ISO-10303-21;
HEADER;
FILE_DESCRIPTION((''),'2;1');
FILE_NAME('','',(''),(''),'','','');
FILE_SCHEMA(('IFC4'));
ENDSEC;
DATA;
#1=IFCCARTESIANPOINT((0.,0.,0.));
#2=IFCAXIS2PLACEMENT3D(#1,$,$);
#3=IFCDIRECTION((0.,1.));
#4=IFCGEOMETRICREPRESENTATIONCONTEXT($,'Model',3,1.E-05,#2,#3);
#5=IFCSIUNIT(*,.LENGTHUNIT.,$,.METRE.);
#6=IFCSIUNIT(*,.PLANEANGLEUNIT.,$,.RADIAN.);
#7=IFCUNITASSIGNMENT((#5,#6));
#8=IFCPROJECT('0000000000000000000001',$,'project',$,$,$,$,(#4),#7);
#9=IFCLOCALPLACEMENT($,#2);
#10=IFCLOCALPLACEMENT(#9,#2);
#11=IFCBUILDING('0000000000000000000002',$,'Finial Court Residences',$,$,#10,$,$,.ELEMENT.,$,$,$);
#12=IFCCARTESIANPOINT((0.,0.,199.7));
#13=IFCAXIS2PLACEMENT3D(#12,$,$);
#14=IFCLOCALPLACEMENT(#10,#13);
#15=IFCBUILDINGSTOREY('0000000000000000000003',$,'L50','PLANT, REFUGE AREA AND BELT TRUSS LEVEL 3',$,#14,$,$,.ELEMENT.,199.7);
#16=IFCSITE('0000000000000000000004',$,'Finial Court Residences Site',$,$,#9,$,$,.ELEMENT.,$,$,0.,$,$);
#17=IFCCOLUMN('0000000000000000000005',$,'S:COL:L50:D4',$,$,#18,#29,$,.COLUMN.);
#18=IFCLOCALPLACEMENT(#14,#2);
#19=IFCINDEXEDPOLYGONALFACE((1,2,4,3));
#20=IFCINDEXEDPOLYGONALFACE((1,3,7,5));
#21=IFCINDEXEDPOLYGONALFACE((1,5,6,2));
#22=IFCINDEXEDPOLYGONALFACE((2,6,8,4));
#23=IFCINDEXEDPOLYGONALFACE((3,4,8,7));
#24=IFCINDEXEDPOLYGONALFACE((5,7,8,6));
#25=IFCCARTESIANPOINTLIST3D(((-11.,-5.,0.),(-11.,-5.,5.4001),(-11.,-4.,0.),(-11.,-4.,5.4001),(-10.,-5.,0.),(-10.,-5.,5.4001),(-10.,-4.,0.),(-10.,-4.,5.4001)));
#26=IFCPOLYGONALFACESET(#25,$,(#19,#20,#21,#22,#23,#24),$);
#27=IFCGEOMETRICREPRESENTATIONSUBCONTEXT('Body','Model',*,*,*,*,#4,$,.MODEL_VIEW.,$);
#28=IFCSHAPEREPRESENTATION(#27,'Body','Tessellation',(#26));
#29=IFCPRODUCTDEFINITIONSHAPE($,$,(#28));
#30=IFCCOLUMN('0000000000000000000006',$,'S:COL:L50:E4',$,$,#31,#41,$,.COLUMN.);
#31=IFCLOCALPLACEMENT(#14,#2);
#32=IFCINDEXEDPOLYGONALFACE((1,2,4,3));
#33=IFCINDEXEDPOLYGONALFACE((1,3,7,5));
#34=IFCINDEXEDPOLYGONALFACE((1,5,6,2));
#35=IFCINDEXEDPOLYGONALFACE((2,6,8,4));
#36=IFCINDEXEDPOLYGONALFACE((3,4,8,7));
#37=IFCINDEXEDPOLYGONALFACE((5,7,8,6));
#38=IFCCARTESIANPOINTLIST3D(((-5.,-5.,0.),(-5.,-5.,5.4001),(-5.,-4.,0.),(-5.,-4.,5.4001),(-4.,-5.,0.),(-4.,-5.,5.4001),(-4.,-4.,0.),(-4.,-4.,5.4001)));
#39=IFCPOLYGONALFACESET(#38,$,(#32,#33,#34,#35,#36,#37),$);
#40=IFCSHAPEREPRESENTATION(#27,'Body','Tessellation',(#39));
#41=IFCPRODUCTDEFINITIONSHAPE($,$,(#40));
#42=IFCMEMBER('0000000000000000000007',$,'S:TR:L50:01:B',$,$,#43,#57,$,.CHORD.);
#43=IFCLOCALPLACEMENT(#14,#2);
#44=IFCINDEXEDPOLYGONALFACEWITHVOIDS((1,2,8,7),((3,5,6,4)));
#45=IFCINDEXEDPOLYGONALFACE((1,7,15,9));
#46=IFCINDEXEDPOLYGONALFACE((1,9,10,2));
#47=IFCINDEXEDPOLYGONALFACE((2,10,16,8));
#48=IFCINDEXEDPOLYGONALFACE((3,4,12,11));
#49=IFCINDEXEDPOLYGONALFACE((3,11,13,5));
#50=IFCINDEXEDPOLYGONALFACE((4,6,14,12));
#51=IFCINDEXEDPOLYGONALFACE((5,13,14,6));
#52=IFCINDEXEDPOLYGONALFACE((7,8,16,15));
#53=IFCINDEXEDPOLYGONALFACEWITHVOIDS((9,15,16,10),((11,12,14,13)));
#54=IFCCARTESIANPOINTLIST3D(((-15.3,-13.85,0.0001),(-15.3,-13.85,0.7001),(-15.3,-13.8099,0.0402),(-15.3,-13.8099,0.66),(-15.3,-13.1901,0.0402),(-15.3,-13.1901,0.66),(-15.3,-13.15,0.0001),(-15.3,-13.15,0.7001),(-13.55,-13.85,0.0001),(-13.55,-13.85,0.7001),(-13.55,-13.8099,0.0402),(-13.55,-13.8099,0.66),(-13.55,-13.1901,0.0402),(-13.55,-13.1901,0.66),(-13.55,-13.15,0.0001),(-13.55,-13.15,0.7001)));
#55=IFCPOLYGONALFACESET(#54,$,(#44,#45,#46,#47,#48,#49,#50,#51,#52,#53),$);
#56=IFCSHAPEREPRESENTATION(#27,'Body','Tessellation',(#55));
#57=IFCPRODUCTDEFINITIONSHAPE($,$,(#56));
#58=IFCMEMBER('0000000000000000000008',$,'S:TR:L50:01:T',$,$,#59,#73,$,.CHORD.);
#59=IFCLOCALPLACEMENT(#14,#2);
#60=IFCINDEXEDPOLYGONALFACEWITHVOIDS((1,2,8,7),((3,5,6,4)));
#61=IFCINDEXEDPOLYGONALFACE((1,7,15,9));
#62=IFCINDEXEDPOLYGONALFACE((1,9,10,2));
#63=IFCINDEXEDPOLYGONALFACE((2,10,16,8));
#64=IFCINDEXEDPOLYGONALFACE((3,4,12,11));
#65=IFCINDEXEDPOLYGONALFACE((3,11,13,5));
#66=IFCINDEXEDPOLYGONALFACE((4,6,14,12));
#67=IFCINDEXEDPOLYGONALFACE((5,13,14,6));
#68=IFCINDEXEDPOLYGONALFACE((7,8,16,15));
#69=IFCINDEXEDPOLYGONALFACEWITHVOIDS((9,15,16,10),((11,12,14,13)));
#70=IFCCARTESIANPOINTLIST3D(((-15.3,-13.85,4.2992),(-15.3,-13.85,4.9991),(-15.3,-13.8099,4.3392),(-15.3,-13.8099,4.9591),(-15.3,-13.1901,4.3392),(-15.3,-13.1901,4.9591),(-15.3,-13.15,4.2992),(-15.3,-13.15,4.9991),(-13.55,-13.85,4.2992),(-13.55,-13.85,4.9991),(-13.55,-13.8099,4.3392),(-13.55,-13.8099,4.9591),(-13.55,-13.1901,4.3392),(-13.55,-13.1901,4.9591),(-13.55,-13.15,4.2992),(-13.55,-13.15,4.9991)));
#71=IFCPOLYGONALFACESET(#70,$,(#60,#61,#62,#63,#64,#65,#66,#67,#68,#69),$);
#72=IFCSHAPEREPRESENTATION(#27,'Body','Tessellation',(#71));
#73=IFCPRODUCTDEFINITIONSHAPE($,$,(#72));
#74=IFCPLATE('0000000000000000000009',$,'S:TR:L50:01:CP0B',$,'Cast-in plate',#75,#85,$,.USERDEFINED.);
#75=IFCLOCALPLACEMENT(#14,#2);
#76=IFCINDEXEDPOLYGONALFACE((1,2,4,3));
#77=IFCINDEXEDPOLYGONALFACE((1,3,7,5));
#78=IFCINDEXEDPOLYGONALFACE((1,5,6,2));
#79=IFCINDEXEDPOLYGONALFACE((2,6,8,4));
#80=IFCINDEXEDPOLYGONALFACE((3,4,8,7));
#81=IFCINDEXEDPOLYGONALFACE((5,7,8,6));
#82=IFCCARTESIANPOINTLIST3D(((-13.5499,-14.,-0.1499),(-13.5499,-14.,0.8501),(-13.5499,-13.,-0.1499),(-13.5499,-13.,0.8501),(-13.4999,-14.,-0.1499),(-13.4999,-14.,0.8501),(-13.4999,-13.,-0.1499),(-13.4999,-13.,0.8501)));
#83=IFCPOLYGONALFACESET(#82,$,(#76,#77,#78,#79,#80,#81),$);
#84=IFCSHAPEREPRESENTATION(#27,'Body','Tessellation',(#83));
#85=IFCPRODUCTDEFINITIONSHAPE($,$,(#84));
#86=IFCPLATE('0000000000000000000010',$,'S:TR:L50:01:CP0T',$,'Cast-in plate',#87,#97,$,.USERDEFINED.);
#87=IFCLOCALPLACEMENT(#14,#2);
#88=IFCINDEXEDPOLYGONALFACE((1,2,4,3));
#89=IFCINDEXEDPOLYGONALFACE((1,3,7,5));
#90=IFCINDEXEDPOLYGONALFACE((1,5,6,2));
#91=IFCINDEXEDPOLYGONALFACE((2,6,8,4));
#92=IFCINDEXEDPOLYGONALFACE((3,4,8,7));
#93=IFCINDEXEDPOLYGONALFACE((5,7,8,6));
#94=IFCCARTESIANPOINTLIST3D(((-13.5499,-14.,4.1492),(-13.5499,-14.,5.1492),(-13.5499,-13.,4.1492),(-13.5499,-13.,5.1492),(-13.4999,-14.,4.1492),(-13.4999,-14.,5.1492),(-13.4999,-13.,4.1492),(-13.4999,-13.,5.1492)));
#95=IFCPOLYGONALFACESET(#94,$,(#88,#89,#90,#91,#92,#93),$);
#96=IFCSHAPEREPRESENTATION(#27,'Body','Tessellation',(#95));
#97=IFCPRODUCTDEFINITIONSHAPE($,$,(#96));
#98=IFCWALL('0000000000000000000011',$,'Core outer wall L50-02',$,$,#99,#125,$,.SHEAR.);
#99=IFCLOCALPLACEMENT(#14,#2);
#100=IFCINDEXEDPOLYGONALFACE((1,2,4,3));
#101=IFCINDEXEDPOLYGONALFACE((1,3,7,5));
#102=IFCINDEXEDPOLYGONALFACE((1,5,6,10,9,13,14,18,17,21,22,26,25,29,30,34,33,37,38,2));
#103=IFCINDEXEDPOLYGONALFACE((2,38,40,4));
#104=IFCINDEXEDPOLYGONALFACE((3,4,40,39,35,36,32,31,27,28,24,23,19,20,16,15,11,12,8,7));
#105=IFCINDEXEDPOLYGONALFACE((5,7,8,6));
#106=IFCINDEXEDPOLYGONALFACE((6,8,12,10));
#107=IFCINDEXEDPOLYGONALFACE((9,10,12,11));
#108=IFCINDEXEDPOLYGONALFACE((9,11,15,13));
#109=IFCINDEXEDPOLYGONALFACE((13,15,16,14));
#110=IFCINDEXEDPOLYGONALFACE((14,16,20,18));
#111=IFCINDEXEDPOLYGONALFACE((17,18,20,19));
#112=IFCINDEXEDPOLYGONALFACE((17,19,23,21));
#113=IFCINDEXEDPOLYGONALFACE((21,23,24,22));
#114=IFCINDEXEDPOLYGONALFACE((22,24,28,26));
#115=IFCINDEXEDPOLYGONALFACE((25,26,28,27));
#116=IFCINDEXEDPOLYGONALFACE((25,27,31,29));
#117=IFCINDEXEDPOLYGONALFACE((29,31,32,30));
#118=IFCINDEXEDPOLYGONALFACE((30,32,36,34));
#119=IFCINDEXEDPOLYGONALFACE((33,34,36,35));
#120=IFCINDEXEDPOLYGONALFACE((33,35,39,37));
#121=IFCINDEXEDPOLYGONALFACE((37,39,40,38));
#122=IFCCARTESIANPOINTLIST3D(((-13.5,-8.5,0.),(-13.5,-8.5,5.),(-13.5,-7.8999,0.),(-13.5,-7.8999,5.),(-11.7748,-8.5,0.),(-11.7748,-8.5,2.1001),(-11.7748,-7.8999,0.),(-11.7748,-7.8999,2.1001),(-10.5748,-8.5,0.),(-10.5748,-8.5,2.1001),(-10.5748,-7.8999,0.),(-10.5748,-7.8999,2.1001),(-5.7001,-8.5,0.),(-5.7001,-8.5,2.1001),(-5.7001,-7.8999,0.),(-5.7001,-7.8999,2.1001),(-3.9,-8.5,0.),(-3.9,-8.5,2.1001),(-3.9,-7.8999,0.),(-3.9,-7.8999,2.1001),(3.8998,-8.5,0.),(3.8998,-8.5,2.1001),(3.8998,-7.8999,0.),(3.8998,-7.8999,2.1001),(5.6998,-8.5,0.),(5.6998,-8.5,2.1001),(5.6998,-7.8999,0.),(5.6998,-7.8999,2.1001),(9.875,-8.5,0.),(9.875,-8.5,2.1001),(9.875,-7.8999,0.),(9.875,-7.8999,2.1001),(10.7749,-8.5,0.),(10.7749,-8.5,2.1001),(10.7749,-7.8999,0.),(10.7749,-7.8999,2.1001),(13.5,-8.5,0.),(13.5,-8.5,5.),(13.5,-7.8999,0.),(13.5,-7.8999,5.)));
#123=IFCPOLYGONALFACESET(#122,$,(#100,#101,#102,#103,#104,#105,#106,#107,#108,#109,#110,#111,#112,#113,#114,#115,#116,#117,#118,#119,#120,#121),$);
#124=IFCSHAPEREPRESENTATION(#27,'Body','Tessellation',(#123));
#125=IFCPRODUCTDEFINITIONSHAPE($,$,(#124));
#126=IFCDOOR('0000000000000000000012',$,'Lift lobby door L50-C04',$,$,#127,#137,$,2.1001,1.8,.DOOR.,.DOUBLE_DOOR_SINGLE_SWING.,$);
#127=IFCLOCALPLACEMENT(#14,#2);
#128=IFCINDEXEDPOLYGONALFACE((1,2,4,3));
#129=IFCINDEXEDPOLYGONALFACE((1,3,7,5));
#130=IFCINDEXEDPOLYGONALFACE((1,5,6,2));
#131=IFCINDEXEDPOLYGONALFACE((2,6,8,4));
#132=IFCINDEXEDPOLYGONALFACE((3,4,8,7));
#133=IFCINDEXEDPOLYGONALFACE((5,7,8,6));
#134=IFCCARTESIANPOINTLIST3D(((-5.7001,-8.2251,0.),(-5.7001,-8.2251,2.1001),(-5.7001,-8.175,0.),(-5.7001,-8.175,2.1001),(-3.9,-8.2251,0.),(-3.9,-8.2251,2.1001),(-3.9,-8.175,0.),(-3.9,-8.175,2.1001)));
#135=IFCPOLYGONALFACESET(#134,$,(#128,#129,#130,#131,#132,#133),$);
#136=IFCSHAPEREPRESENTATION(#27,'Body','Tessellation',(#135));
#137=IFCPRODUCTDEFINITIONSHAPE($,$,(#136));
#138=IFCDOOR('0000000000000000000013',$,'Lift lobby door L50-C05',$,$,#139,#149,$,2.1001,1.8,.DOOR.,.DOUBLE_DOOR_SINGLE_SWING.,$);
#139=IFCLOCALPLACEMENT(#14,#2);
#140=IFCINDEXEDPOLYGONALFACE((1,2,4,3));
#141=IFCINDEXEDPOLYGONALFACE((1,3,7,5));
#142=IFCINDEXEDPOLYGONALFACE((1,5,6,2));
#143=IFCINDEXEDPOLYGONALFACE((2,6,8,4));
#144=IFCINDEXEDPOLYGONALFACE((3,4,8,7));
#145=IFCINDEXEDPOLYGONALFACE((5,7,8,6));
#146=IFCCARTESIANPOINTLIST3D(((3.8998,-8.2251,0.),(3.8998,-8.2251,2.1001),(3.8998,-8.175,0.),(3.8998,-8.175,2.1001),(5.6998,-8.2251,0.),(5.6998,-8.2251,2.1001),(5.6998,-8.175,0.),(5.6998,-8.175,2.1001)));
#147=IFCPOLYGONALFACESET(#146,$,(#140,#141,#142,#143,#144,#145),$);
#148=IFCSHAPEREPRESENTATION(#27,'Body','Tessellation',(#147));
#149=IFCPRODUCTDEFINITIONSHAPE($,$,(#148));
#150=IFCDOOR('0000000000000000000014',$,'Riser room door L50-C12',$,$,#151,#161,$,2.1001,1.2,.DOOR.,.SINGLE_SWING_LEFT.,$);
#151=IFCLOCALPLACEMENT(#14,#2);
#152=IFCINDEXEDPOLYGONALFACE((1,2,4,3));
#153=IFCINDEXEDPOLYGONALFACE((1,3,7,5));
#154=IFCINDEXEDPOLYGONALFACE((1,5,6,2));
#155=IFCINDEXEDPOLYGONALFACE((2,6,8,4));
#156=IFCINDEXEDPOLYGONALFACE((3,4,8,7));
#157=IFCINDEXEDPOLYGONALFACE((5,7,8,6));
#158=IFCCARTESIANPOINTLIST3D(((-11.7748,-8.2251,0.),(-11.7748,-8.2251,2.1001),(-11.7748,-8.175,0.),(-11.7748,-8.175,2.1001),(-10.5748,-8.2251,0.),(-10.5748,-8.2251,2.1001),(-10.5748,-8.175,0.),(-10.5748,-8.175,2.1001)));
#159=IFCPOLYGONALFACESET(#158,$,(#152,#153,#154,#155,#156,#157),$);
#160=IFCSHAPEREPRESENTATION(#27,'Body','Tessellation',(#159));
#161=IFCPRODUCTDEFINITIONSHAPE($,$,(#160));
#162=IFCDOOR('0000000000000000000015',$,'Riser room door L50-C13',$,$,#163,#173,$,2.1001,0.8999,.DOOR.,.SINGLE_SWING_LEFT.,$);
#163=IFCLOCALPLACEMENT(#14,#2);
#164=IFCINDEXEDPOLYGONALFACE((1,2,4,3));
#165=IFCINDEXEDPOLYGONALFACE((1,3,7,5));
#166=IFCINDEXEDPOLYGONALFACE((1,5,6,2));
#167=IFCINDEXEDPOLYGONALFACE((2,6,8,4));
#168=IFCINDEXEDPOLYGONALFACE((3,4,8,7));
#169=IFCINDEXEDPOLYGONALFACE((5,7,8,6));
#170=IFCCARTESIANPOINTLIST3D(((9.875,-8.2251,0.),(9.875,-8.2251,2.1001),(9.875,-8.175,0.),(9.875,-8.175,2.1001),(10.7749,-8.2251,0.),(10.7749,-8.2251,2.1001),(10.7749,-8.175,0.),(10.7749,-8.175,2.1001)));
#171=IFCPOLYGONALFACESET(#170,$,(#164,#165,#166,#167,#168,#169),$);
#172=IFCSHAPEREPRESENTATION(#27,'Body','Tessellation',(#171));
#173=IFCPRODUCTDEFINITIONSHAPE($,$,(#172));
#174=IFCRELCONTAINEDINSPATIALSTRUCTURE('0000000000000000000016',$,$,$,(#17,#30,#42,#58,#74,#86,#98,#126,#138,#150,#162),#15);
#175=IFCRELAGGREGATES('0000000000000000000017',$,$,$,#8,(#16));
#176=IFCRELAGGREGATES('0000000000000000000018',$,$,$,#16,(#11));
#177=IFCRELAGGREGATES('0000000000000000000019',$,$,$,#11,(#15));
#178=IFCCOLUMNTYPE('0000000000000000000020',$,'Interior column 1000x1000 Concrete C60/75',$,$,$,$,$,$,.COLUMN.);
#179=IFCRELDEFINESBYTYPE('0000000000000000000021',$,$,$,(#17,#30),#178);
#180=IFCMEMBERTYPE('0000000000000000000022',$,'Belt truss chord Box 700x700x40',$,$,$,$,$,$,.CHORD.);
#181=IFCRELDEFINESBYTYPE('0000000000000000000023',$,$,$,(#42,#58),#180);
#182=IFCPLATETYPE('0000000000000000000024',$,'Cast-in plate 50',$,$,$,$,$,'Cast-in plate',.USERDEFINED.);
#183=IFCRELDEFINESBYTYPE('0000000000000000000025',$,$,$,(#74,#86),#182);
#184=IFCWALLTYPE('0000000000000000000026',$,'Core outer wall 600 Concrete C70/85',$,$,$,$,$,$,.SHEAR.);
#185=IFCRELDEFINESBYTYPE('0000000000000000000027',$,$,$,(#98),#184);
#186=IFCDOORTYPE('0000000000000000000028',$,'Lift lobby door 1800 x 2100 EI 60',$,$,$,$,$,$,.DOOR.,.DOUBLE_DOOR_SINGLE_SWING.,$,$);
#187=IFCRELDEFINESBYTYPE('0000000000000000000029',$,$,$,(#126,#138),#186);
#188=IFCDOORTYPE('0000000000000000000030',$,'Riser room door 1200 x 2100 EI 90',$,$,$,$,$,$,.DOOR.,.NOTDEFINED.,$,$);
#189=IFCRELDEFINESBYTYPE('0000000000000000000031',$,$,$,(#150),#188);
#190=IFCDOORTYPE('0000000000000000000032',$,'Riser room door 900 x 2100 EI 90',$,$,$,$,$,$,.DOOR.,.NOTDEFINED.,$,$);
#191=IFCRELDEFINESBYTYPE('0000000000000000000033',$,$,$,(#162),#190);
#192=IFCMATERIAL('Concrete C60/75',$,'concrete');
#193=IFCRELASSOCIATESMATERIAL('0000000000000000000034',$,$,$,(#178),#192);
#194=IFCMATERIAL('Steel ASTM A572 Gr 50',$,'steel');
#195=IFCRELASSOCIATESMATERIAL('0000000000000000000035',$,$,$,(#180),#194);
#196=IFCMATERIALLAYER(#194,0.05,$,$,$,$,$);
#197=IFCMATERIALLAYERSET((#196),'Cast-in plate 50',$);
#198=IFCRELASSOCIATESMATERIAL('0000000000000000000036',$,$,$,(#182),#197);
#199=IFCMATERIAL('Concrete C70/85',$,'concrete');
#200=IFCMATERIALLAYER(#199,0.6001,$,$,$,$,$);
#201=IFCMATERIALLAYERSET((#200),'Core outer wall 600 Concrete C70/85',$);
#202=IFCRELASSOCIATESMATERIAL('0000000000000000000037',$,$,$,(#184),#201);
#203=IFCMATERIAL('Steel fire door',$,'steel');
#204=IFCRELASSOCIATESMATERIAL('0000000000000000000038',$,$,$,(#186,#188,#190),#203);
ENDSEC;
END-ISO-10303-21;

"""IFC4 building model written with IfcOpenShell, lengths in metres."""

from ifc_helpers import new_model, si_unit, direction, frame, frame_2d, origin, origin_2d, place, context, subcontext, project, spatial, rectangle, hollow_rectangle, extrude, material, layer, layer_set, material_profile, profile_set, type_object, element, fill, save


model = new_model("IFC4")

# Units and contexts
model_context = context("Model", 3, precision=1e-05, world=origin(), true_north=direction((0.0, 1.0)))
body_context = subcontext(model_context, "Body", "Model", "MODEL_VIEW")
ifc_project = project(units=[si_unit("LENGTHUNIT", "METRE"), si_unit("PLANEANGLEUNIT", "RADIAN")], contexts=[model_context])

# Site, building, storey
site_placement = place(None, origin())
site = spatial("IfcSite", under=ifc_project, at=site_placement, Name="Finial Court Residences Site", CompositionType="ELEMENT", RefElevation=0.0)
building_placement = place(site_placement, origin())
building = spatial("IfcBuilding", under=site, at=building_placement, Name="Finial Court Residences", CompositionType="ELEMENT")
storey_placement = place(building_placement, frame((0.0, 0.0, 199.7)))
storey = spatial("IfcBuildingStorey", under=building, at=storey_placement, Name="L50", Description="PLANT, REFUGE AREA AND BELT TRUSS LEVEL 3", CompositionType="ELEMENT", Elevation=199.7)

# Columns
ifc_material_1 = material(Name="Concrete C60/75", Category="concrete")
ifc_material_profile_1 = material_profile(ifc_material_1, rectangle(XDim=1.0, YDim=1.0, at=origin_2d()), Name="1000x1000")
ifc_profile_set_1 = profile_set([ifc_material_profile_1], Name="Concrete C60/75")
column_type = type_object("IfcColumnType", Name="Interior column 1000x1000 Concrete C60/75", PredefinedType="COLUMN", material=ifc_profile_set_1)
for number, where, z_axis, x_axis, name in (
    (1, (-10.5, -4.5, 0.0), (0.0, 0.0, 1.0), (1.0, 0.0, 0.0), "S:COL:L50:D4"),
    (2, (-4.5, -4.5, 0.0), (0.0, 0.0, 1.0), (1.0, 0.0, 0.0), "S:COL:L50:E4"),
):
    element("IfcColumn", number, at=place(storey_placement, frame(where, z_axis=z_axis, x_axis=x_axis)), inside=storey, type_object=column_type, Name=name, PredefinedType="COLUMN", context=body_context, shape_type="SweptSolid", body=[
        extrude(rectangle(XDim=1.0, YDim=1.0, at=origin_2d()), origin(), (0.0, 0.0, 1.0), 5.4001),
    ])

# Members
ifc_material_2 = material(Name="Steel ASTM A572 Gr 50", Category="steel")
ifc_material_profile_2 = material_profile(ifc_material_2, hollow_rectangle(XDim=0.7, YDim=0.7, WallThickness=0.04, at=origin_2d()), Name="Box 700x700x40")
ifc_profile_set_2 = profile_set([ifc_material_profile_2], Name="Steel ASTM A572 Gr 50")
member_type = type_object("IfcMemberType", Name="Belt truss chord Box 700x700x40", PredefinedType="CHORD", material=ifc_profile_set_2)
for number, where, z_axis, x_axis, name in (
    (3, (-13.55, -13.5, 0.3501), (-1.0, 0.0, 0.0), (0.0, -1.0, 0.0), "S:TR:L50:01:B"),
    (4, (-13.55, -13.5, 4.6492), (-1.0, 0.0, 0.0), (0.0, -1.0, 0.0), "S:TR:L50:01:T"),
):
    element("IfcMember", number, at=place(storey_placement, frame(where, z_axis=z_axis, x_axis=x_axis)), inside=storey, type_object=member_type, Name=name, PredefinedType="CHORD", context=body_context, shape_type="SweptSolid", body=[
        extrude(hollow_rectangle(XDim=0.7, YDim=0.7, WallThickness=0.04, at=origin_2d()), origin(), (0.0, 0.0, 1.0), 1.75),
    ])

# Plates
ifc_layer_1 = layer(ifc_material_2, 0.05)
ifc_layer_set_1 = layer_set([ifc_layer_1], Name="Cast-in plate 50")
plate_type = type_object("IfcPlateType", Name="Cast-in plate 50", ElementType="Cast-in plate", PredefinedType="USERDEFINED", material=ifc_layer_set_1)
for number, where, z_axis, x_axis, name in (
    (5, (-13.5249, -13.5, -0.1499), (0.0, 0.0, 1.0), (1.0, 0.0, 0.0), "S:TR:L50:01:CP0B"),
    (6, (-13.5249, -13.5, 4.1492), (0.0, 0.0, 1.0), (1.0, 0.0, 0.0), "S:TR:L50:01:CP0T"),
):
    element("IfcPlate", number, at=place(storey_placement, frame(where, z_axis=z_axis, x_axis=x_axis)), inside=storey, type_object=plate_type, Name=name, ObjectType="Cast-in plate", PredefinedType="USERDEFINED", context=body_context, shape_type="SweptSolid", body=[
        extrude(rectangle(XDim=0.05, YDim=1.0, at=origin_2d()), origin(), (0.0, 0.0, 1.0), 1.0),
    ])

# Wall, openings, doors
ifc_material_3 = material(Name="Concrete C70/85", Category="concrete")
ifc_layer_2 = layer(ifc_material_3, 0.6001)
ifc_layer_set_2 = layer_set([ifc_layer_2], Name="Core outer wall 600 Concrete C70/85")
wall_type_1 = type_object("IfcWallType", Name="Core outer wall 600 Concrete C70/85", PredefinedType="SHEAR", material=ifc_layer_set_2)
wall_1_placement = place(storey_placement, frame((-13.5, -8.2, 0.0), z_axis=(0.0, 0.0, 1.0), x_axis=(1.0, 0.0, 0.0)))
wall_1 = element("IfcWall", 7, at=wall_1_placement, inside=storey, type_object=wall_type_1, Name="Core outer wall L50-02", PredefinedType="SHEAR", context=body_context, shape_type="SweptSolid", body=[
    extrude(rectangle(XDim=27.0, YDim=0.6001, at=frame_2d((13.5, 0.0))), origin(), (0.0, 0.0, 1.0), 5.0),
])
opening_1_placement = place(wall_1_placement, frame((7.8, 0.0, 0.0)))
opening_1 = element("IfcOpeningElement", 8, at=opening_1_placement, cuts=wall_1, PredefinedType="OPENING", context=body_context, shape_type="SweptSolid", body=[
    extrude(rectangle(XDim=1.8, YDim=2.1001, at=frame_2d((0.8999, 1.05))), frame((0.0, 0.3101, 0.0), z_axis=(0.0, -1.0, 0.0), x_axis=(1.0, 0.0, 0.0)), (0.0, 0.0, 1.0), 0.6201),
])
opening_2_placement = place(wall_1_placement, frame((17.3999, 0.0, 0.0)))
opening_2 = element("IfcOpeningElement", 9, at=opening_2_placement, cuts=wall_1, PredefinedType="OPENING", context=body_context, shape_type="SweptSolid", body=[
    extrude(rectangle(XDim=1.8, YDim=2.1001, at=frame_2d((0.8999, 1.05))), frame((0.0, 0.3101, 0.0), z_axis=(0.0, -1.0, 0.0), x_axis=(1.0, 0.0, 0.0)), (0.0, 0.0, 1.0), 0.6201),
])
opening_3_placement = place(wall_1_placement, frame((1.7251, 0.0, 0.0)))
opening_3 = element("IfcOpeningElement", 10, at=opening_3_placement, cuts=wall_1, PredefinedType="OPENING", context=body_context, shape_type="SweptSolid", body=[
    extrude(rectangle(XDim=1.2, YDim=2.1001, at=frame_2d((0.6001, 1.05))), frame((0.0, 0.3101, 0.0), z_axis=(0.0, -1.0, 0.0), x_axis=(1.0, 0.0, 0.0)), (0.0, 0.0, 1.0), 0.6201),
])
opening_4_placement = place(wall_1_placement, frame((23.375, 0.0, 0.0)))
opening_4 = element("IfcOpeningElement", 11, at=opening_4_placement, cuts=wall_1, PredefinedType="OPENING", context=body_context, shape_type="SweptSolid", body=[
    extrude(rectangle(XDim=0.8999, YDim=2.1001, at=frame_2d((0.45, 1.05))), frame((0.0, 0.3101, 0.0), z_axis=(0.0, -1.0, 0.0), x_axis=(1.0, 0.0, 0.0)), (0.0, 0.0, 1.0), 0.6201),
])
ifc_material_4 = material(Name="Steel fire door", Category="steel")
door_type_1 = type_object("IfcDoorType", Name="Lift lobby door 1800 x 2100 EI 60", OperationType="DOUBLE_DOOR_SINGLE_SWING", PredefinedType="DOOR", material=ifc_material_4)
door_1_placement = place(opening_1_placement, origin())
door_1 = element("IfcDoor", 12, at=door_1_placement, inside=storey, type_object=door_type_1, Name="Lift lobby door L50-C04", OperationType="DOUBLE_DOOR_SINGLE_SWING", OverallHeight=2.1001, OverallWidth=1.8, PredefinedType="DOOR", context=body_context, shape_type="SweptSolid", body=[
    extrude(rectangle(XDim=1.8, YDim=2.1001, at=frame_2d((0.8999, 1.05))), frame((0.0, 0.0249, 0.0), z_axis=(0.0, -1.0, 0.0), x_axis=(1.0, 0.0, 0.0)), (0.0, 0.0, 1.0), 0.05),
])
fill(opening_1, door_1)
door_2_placement = place(opening_2_placement, origin())
door_2 = element("IfcDoor", 13, at=door_2_placement, inside=storey, type_object=door_type_1, Name="Lift lobby door L50-C05", OperationType="DOUBLE_DOOR_SINGLE_SWING", OverallHeight=2.1001, OverallWidth=1.8, PredefinedType="DOOR", context=body_context, shape_type="SweptSolid", body=[
    extrude(rectangle(XDim=1.8, YDim=2.1001, at=frame_2d((0.8999, 1.05))), frame((0.0, 0.0249, 0.0), z_axis=(0.0, -1.0, 0.0), x_axis=(1.0, 0.0, 0.0)), (0.0, 0.0, 1.0), 0.05),
])
fill(opening_2, door_2)
door_type_2 = type_object("IfcDoorType", Name="Riser room door 1200 x 2100 EI 90", OperationType="NOTDEFINED", PredefinedType="DOOR", material=ifc_material_4)
door_3_placement = place(opening_3_placement, origin())
door_3 = element("IfcDoor", 14, at=door_3_placement, inside=storey, type_object=door_type_2, Name="Riser room door L50-C12", OperationType="SINGLE_SWING_LEFT", OverallHeight=2.1001, OverallWidth=1.2, PredefinedType="DOOR", context=body_context, shape_type="SweptSolid", body=[
    extrude(rectangle(XDim=1.2, YDim=2.1001, at=frame_2d((0.6001, 1.05))), frame((0.0, 0.0249, 0.0), z_axis=(0.0, -1.0, 0.0), x_axis=(1.0, 0.0, 0.0)), (0.0, 0.0, 1.0), 0.05),
])
fill(opening_3, door_3)
door_type_3 = type_object("IfcDoorType", Name="Riser room door 900 x 2100 EI 90", OperationType="NOTDEFINED", PredefinedType="DOOR", material=ifc_material_4)
door_4_placement = place(opening_4_placement, origin())
door_4 = element("IfcDoor", 15, at=door_4_placement, inside=storey, type_object=door_type_3, Name="Riser room door L50-C13", OperationType="SINGLE_SWING_LEFT", OverallHeight=2.1001, OverallWidth=0.8999, PredefinedType="DOOR", context=body_context, shape_type="SweptSolid", body=[
    extrude(rectangle(XDim=0.8999, YDim=2.1001, at=frame_2d((0.45, 1.05))), frame((0.0, 0.0249, 0.0), z_axis=(0.0, -1.0, 0.0), x_axis=(1.0, 0.0, 0.0)), (0.0, 0.0, 1.0), 0.05),
])
fill(opening_4, door_4)

save(model, "model.ifc")
